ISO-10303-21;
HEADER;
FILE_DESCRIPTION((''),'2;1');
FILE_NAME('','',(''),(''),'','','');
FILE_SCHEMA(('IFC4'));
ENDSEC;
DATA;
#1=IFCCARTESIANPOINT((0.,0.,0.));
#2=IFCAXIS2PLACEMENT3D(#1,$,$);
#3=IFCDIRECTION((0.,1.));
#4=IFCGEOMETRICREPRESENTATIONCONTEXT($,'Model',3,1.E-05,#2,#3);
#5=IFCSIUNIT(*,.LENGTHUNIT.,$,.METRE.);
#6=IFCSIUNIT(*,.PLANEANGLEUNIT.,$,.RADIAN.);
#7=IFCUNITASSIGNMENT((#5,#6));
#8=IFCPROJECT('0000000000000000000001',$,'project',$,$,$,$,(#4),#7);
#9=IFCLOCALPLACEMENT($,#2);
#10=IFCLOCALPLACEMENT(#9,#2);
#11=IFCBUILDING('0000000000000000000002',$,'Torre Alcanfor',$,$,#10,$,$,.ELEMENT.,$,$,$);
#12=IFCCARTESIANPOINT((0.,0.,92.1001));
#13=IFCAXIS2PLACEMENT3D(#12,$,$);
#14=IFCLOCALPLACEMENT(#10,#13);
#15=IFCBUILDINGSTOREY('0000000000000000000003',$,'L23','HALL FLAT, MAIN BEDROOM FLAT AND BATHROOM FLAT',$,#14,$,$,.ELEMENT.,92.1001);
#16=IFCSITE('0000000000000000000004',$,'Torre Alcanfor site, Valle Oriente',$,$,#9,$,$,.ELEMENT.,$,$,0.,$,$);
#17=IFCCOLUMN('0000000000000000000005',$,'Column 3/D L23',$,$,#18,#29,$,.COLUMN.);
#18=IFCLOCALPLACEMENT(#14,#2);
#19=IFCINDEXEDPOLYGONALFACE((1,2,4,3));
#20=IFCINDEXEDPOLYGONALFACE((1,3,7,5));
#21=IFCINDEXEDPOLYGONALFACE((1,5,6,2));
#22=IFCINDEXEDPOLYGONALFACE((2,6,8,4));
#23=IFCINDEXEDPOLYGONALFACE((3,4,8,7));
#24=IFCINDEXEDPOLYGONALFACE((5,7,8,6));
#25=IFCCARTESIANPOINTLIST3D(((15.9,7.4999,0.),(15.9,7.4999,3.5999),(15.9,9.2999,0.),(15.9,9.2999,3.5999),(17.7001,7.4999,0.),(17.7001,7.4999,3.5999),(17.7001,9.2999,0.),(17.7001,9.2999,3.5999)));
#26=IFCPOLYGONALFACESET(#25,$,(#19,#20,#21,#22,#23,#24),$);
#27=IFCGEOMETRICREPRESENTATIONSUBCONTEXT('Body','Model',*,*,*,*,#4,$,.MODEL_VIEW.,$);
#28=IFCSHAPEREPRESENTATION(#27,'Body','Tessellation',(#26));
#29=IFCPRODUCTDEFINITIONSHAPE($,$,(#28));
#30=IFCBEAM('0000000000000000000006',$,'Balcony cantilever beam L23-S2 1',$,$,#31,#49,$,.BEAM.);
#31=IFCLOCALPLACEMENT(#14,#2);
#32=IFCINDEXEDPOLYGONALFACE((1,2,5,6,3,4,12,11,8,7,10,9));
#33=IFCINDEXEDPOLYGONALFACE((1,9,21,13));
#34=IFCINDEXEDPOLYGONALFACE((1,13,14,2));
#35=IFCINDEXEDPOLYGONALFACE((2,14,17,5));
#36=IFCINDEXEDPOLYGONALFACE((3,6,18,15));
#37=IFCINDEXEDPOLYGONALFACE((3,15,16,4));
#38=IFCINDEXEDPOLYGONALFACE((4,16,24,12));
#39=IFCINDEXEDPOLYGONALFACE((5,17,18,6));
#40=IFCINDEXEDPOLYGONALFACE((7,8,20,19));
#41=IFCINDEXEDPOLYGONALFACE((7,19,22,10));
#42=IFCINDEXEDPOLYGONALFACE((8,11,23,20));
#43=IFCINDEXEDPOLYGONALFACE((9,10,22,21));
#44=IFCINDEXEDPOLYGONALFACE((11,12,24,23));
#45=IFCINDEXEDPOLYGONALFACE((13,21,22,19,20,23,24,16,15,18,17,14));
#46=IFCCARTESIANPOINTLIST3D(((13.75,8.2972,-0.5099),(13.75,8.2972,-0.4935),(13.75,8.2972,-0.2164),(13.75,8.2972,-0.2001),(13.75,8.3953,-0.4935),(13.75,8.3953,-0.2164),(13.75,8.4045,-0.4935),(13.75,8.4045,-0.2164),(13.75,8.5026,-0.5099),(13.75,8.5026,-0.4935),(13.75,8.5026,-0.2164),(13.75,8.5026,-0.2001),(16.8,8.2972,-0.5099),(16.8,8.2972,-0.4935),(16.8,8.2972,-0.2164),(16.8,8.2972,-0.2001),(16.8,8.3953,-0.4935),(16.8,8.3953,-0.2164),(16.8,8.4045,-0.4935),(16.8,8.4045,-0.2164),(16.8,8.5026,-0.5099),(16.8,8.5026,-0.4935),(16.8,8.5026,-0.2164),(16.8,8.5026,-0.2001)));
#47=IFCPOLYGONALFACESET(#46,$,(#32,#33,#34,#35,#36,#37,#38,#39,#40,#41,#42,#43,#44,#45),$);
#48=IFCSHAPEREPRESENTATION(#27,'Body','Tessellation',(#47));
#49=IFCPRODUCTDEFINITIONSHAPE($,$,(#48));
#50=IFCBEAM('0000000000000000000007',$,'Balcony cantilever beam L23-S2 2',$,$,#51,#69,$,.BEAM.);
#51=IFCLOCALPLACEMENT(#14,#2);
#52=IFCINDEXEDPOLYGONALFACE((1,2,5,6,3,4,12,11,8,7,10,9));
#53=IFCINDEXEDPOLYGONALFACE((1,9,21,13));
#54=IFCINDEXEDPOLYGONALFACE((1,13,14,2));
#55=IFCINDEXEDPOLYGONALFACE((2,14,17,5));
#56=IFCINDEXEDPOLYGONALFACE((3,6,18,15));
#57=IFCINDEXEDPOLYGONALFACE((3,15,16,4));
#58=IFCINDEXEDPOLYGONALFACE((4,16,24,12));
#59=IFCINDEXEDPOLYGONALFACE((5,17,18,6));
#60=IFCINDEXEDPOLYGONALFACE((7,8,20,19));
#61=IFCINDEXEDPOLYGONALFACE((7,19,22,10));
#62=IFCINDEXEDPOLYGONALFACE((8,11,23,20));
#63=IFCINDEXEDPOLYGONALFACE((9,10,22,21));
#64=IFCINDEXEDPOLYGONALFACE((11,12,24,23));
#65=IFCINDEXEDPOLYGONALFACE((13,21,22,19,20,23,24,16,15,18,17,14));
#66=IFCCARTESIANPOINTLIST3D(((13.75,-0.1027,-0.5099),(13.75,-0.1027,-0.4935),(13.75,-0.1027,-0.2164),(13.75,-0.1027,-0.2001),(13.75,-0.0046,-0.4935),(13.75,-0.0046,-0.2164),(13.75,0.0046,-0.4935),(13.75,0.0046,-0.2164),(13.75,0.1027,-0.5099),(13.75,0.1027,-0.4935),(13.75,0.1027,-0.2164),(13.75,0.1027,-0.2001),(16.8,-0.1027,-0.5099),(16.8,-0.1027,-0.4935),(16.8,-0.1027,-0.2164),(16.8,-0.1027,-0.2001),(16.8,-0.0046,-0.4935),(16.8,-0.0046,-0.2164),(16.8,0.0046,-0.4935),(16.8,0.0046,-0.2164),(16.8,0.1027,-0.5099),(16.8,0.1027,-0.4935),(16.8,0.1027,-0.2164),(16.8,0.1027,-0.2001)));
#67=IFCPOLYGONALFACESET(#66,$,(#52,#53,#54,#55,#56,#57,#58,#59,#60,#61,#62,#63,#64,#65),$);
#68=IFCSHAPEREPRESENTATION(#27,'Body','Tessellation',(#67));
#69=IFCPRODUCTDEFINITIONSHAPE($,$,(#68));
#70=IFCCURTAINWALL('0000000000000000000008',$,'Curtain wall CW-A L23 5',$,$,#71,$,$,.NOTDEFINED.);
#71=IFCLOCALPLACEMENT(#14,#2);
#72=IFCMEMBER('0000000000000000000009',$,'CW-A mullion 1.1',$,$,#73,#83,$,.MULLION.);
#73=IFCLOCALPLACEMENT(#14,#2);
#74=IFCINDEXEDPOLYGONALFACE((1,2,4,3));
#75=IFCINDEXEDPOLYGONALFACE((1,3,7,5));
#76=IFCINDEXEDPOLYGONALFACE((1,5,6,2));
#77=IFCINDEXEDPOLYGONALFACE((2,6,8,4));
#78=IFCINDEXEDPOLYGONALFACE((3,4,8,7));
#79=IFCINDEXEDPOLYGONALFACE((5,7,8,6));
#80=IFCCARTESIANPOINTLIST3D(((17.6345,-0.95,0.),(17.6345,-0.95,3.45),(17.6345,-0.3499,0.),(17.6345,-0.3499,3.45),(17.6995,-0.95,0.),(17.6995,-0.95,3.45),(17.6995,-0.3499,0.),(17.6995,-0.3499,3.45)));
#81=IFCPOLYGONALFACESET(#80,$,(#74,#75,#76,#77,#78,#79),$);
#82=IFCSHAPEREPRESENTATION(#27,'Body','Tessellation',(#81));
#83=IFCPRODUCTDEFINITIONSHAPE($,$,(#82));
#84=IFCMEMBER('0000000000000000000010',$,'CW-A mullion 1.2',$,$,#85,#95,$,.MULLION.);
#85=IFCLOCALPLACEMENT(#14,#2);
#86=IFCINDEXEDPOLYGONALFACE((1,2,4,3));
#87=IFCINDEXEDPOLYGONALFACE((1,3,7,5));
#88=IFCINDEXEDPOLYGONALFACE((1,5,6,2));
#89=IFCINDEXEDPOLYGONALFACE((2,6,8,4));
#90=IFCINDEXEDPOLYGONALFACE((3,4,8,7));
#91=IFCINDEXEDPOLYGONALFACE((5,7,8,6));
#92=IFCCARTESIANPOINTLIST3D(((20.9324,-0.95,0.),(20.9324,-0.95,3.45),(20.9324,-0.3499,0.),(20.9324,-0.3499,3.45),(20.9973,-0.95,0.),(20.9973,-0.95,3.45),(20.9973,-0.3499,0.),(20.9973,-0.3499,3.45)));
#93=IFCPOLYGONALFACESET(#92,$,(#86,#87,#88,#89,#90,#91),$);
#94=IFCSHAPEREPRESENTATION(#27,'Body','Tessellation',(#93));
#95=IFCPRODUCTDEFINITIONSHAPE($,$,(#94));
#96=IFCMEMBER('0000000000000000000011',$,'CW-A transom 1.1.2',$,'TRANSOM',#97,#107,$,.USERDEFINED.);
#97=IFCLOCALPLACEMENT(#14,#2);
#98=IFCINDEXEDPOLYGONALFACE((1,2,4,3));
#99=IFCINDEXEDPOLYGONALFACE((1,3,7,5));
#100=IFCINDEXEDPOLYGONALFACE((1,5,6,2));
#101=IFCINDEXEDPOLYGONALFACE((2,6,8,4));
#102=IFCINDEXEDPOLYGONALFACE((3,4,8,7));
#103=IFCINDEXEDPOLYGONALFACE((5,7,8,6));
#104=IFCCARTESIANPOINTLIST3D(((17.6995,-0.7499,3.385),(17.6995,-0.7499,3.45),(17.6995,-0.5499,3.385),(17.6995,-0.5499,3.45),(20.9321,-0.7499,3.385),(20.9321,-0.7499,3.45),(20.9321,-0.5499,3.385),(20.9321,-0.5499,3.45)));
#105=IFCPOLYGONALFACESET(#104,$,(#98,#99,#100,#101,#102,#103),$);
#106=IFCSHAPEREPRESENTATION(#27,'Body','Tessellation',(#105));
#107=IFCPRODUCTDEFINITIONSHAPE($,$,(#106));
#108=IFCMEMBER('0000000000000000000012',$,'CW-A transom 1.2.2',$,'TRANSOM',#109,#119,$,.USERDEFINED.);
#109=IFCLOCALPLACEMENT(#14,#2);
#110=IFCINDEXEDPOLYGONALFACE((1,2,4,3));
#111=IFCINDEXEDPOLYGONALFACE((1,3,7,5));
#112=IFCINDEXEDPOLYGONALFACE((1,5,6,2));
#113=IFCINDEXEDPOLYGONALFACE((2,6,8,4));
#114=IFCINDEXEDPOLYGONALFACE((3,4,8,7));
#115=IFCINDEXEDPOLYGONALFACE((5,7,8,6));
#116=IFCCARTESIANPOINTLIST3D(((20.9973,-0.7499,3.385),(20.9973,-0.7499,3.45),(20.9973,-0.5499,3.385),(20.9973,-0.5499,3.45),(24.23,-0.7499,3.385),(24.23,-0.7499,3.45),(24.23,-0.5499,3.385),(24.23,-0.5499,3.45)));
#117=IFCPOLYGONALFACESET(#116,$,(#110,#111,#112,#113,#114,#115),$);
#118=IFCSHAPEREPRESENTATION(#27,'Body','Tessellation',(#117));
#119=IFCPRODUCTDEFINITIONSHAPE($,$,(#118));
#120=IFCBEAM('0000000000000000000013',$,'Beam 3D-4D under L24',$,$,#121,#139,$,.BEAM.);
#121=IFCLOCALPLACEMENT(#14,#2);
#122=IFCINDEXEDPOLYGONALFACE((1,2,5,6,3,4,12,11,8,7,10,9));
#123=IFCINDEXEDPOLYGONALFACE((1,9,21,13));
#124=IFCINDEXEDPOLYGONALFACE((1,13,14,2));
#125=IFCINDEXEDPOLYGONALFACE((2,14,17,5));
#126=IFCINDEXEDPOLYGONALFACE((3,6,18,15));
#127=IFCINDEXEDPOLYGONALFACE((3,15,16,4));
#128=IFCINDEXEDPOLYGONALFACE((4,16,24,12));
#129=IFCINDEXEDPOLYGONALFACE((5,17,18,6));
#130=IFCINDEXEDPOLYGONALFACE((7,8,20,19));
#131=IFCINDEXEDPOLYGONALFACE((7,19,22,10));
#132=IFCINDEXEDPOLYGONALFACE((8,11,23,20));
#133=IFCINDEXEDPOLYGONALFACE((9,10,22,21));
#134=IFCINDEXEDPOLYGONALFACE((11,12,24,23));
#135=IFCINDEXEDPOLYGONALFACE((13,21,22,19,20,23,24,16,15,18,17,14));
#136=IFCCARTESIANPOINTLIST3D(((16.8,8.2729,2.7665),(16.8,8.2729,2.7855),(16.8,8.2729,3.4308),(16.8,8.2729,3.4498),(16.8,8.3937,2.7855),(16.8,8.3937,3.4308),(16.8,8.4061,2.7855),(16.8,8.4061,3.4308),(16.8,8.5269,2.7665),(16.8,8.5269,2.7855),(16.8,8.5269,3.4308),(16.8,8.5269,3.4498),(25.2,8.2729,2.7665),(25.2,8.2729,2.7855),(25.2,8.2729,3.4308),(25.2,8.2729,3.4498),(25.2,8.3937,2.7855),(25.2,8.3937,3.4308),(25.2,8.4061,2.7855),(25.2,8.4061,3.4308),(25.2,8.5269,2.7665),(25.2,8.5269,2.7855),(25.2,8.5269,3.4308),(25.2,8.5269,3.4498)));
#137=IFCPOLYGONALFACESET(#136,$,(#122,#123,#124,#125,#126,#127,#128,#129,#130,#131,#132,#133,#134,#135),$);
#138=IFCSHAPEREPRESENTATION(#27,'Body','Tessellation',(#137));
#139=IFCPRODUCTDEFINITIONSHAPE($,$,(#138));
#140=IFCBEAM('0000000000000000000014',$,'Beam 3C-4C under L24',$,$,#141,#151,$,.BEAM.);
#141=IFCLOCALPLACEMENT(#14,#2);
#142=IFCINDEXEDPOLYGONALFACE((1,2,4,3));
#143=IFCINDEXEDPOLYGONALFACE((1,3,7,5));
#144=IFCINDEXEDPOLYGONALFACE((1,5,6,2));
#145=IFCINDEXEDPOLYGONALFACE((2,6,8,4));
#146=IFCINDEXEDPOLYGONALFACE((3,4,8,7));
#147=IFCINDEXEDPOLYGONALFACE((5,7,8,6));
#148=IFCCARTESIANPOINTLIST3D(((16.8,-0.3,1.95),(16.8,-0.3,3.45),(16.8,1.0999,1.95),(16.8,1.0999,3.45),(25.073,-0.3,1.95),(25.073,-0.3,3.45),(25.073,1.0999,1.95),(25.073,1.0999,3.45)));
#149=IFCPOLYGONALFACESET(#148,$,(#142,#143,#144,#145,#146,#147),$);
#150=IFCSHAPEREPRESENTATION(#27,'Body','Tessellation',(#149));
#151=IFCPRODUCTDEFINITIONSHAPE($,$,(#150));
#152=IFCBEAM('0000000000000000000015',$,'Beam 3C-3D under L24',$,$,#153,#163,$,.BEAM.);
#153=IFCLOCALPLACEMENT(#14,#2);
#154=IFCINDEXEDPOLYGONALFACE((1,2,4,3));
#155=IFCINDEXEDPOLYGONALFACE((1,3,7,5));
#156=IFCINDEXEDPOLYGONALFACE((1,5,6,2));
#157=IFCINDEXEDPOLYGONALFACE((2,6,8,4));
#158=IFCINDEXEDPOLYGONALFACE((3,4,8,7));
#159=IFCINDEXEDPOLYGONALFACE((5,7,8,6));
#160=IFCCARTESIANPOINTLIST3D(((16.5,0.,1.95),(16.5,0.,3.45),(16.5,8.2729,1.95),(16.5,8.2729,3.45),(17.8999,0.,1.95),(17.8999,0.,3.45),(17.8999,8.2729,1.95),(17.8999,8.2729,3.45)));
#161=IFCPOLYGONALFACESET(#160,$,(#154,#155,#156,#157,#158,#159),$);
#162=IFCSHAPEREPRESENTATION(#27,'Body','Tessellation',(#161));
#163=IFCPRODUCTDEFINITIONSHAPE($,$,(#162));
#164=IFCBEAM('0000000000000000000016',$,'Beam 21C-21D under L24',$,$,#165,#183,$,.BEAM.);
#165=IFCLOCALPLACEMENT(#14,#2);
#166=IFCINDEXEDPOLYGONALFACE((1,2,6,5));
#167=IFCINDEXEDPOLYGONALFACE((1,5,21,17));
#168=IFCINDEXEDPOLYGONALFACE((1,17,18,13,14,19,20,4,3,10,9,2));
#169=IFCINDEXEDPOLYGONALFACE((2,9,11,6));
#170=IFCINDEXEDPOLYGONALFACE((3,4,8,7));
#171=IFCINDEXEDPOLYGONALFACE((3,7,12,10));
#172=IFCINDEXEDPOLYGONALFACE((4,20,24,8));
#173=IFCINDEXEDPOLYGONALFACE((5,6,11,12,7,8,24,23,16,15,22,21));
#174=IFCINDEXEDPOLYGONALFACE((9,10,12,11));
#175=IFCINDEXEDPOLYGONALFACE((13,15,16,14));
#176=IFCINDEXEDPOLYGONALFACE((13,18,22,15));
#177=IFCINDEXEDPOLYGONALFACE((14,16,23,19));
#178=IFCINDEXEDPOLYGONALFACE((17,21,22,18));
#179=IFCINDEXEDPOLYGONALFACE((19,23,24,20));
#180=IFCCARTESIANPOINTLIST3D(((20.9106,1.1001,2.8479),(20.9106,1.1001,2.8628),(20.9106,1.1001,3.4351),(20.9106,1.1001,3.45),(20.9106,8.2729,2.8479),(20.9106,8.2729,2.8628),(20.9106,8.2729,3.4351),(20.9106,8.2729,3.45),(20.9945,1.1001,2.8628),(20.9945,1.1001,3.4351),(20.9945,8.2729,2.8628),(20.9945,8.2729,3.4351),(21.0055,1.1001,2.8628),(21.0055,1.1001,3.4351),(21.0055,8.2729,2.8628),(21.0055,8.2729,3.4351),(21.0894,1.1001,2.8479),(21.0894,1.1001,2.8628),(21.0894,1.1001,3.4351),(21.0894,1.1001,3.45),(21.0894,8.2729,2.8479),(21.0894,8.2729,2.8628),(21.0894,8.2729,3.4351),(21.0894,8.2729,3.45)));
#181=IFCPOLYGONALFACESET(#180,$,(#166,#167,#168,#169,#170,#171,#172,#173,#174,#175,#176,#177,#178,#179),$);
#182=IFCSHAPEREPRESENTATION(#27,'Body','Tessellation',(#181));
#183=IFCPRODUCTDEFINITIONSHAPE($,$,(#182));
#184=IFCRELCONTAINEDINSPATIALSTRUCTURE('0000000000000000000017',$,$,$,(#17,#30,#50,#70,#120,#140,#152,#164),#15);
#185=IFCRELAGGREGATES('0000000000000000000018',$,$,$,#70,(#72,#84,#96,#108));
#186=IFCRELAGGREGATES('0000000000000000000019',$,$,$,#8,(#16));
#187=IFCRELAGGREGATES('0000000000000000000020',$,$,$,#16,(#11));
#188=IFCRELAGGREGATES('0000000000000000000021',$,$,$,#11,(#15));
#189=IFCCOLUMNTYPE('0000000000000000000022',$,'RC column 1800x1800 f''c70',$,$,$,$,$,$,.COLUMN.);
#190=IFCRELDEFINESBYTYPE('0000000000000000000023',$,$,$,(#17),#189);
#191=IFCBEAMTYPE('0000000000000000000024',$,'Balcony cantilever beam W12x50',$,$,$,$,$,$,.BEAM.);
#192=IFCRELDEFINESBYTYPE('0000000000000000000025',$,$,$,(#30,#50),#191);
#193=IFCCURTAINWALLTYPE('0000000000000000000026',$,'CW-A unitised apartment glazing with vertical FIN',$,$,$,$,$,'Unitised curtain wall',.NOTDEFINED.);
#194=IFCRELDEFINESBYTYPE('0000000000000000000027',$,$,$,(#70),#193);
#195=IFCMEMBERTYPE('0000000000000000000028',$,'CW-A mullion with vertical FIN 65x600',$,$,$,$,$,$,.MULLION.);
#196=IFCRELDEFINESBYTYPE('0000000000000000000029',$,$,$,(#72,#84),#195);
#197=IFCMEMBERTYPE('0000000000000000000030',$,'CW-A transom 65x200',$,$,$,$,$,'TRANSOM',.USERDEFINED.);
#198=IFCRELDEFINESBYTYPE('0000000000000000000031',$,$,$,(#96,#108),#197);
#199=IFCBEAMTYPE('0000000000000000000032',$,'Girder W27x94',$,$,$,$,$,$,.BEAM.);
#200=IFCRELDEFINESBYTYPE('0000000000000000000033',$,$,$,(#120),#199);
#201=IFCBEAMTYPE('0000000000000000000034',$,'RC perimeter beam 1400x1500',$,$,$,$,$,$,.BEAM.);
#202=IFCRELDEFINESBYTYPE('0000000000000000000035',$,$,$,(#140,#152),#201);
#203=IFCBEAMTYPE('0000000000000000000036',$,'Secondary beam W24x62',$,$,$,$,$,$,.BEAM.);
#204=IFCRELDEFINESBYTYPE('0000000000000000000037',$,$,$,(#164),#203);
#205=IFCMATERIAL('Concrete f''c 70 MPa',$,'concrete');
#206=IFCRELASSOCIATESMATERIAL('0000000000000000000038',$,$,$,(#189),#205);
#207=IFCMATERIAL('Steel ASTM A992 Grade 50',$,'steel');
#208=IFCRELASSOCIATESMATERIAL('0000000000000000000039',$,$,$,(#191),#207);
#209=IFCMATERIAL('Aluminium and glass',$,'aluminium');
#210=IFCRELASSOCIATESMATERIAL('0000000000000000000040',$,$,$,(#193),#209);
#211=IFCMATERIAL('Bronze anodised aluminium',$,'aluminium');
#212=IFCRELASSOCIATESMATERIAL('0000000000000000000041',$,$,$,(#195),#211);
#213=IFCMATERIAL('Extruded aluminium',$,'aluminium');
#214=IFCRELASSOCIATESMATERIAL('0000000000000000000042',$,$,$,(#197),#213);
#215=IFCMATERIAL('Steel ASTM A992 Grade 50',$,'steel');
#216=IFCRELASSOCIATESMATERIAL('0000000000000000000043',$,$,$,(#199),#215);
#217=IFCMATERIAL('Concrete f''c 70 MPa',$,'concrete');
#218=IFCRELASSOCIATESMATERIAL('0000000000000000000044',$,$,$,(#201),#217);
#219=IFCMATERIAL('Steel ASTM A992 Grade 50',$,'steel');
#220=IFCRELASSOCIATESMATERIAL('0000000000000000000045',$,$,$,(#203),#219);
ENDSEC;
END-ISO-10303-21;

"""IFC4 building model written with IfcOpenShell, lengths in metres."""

from ifc_helpers import new_model, si_unit, direction, frame, origin, origin_2d, place, context, subcontext, project, spatial, rectangle, i_section, extrude, material, material_profile, profile_set, type_object, element, aggregate, save


model = new_model("IFC4")

# Units and contexts
model_context = context("Model", 3, precision=1e-05, world=origin(), true_north=direction((0.0, 1.0)))
body_context = subcontext(model_context, "Body", "Model", "MODEL_VIEW")
ifc_project = project(units=[si_unit("LENGTHUNIT", "METRE"), si_unit("PLANEANGLEUNIT", "RADIAN")], contexts=[model_context])

# Site, building, storey
site_placement = place(None, origin())
site = spatial("IfcSite", under=ifc_project, at=site_placement, Name="Torre Alcanfor site, Valle Oriente", CompositionType="ELEMENT", RefElevation=0.0)
building_placement = place(site_placement, origin())
building = spatial("IfcBuilding", under=site, at=building_placement, Name="Torre Alcanfor", CompositionType="ELEMENT")
storey_placement = place(building_placement, frame((0.0, 0.0, 92.1001)))
storey = spatial("IfcBuildingStorey", under=building, at=storey_placement, Name="L23", Description="HALL FLAT, MAIN BEDROOM FLAT AND BATHROOM FLAT", CompositionType="ELEMENT", Elevation=92.1001)

# Column
ifc_material_1 = material(Name="Concrete f'c 70 MPa", Category="concrete")
ifc_material_profile_1 = material_profile(ifc_material_1, rectangle(XDim=1.8, YDim=1.8, at=origin_2d()), Name="1800x1800")
ifc_profile_set_1 = profile_set([ifc_material_profile_1], Name="Concrete f'c 70 MPa")
column_type = type_object("IfcColumnType", Name="RC column 1800x1800 f'c70", PredefinedType="COLUMN", material=ifc_profile_set_1)
column_placement = place(storey_placement, frame((16.8, 8.3999, 0.0), z_axis=(0.0, 0.0, 1.0), x_axis=(1.0, 0.0, 0.0)))
element("IfcColumn", 1, at=column_placement, inside=storey, type_object=column_type, Name="Column 3/D L23", PredefinedType="COLUMN", context=body_context, shape_type="SweptSolid", body=[
    extrude(rectangle(XDim=1.8, YDim=1.8, at=origin_2d()), origin(), (0.0, 0.0, 1.0), 3.5999),
])

# Beams
ifc_material_2 = material(Name="Steel ASTM A992 Grade 50", Category="steel")
ifc_material_profile_2 = material_profile(ifc_material_2, i_section(OverallWidth=0.2053, OverallDepth=0.3098, WebThickness=0.0093, FlangeThickness=0.0164, at=origin_2d()), Name="W12x50")
ifc_profile_set_2 = profile_set([ifc_material_profile_2], Name="Steel ASTM A992 Grade 50")
beam_type_1 = type_object("IfcBeamType", Name="Balcony cantilever beam W12x50", PredefinedType="BEAM", material=ifc_profile_set_2)
for number, where, z_axis, x_axis, name in (
    (2, (16.8, 8.3999, -0.355), (-1.0, 0.0, 0.0), (0.0, -1.0, 0.0), "Balcony cantilever beam L23-S2 1"),
    (3, (16.8, 0.0, -0.355), (-1.0, 0.0, 0.0), (0.0, -1.0, 0.0), "Balcony cantilever beam L23-S2 2"),
):
    element("IfcBeam", number, at=place(storey_placement, frame(where, z_axis=z_axis, x_axis=x_axis)), inside=storey, type_object=beam_type_1, Name=name, PredefinedType="BEAM", context=body_context, shape_type="SweptSolid", body=[
        extrude(i_section(OverallWidth=0.2053, OverallDepth=0.3098, WebThickness=0.0093, FlangeThickness=0.0164, at=origin_2d()), origin(), (0.0, 0.0, 1.0), 3.05),
    ])

# Curtain wall, members
ifc_material_3 = material(Name="Aluminium and glass", Category="aluminium")
curtain_wall_type = type_object("IfcCurtainWallType", Name="CW-A unitised apartment glazing with vertical FIN", ElementType="Unitised curtain wall", PredefinedType="NOTDEFINED", material=ifc_material_3)
curtain_wall_placement = place(storey_placement, origin())
curtain_wall = element("IfcCurtainWall", 4, at=curtain_wall_placement, inside=storey, type_object=curtain_wall_type, Name="Curtain wall CW-A L23 5", PredefinedType="NOTDEFINED")
ifc_material_4 = material(Name="Bronze anodised aluminium", Category="aluminium")
ifc_material_profile_3 = material_profile(ifc_material_4, rectangle(XDim=0.6001, YDim=0.0649, at=origin_2d()), Name="CW-A mullion 65x600")
ifc_profile_set_3 = profile_set([ifc_material_profile_3], Name="Bronze anodised aluminium")
member_type_1 = type_object("IfcMemberType", Name="CW-A mullion with vertical FIN 65x600", PredefinedType="MULLION", material=ifc_profile_set_3)
member_1_placement = place(storey_placement, frame((17.667, -0.6499, 0.0), z_axis=(0.0, 0.0, 1.0), x_axis=(0.0, 1.0, 0.0)))
member_1 = element("IfcMember", 5, at=member_1_placement, type_object=member_type_1, Name="CW-A mullion 1.1", PredefinedType="MULLION", context=body_context, shape_type="SweptSolid", body=[
    extrude(rectangle(XDim=0.6001, YDim=0.0649, at=origin_2d()), origin(), (0.0, 0.0, 1.0), 3.45),
])
member_2_placement = place(storey_placement, frame((20.9648, -0.6499, 0.0), z_axis=(0.0, 0.0, 1.0), x_axis=(0.0, 1.0, 0.0)))
member_2 = element("IfcMember", 6, at=member_2_placement, type_object=member_type_1, Name="CW-A mullion 1.2", PredefinedType="MULLION", context=body_context, shape_type="SweptSolid", body=[
    extrude(rectangle(XDim=0.6001, YDim=0.0649, at=origin_2d()), origin(), (0.0, 0.0, 1.0), 3.45),
])
ifc_material_5 = material(Name="Extruded aluminium", Category="aluminium")
ifc_material_profile_4 = material_profile(ifc_material_5, rectangle(XDim=0.2, YDim=0.0649, at=origin_2d()), Name="CW-A transom 200x65")
ifc_profile_set_4 = profile_set([ifc_material_profile_4], Name="Extruded aluminium")
member_type_2 = type_object("IfcMemberType", Name="CW-A transom 65x200", ElementType="TRANSOM", PredefinedType="USERDEFINED", material=ifc_profile_set_4)
member_3_placement = place(storey_placement, frame((17.6995, -0.6499, 3.4175), z_axis=(1.0, 0.0, 0.0), x_axis=(0.0, 1.0, 0.0)))
member_3 = element("IfcMember", 7, at=member_3_placement, type_object=member_type_2, Name="CW-A transom 1.1.2", ObjectType="TRANSOM", PredefinedType="USERDEFINED", context=body_context, shape_type="SweptSolid", body=[
    extrude(rectangle(XDim=0.2, YDim=0.0649, at=origin_2d()), origin(), (0.0, 0.0, 1.0), 3.2327),
])
member_4_placement = place(storey_placement, frame((20.9973, -0.6499, 3.4175), z_axis=(1.0, 0.0, 0.0), x_axis=(0.0, 1.0, 0.0)))
member_4 = element("IfcMember", 8, at=member_4_placement, type_object=member_type_2, Name="CW-A transom 1.2.2", ObjectType="TRANSOM", PredefinedType="USERDEFINED", context=body_context, shape_type="SweptSolid", body=[
    extrude(rectangle(XDim=0.2, YDim=0.0649, at=origin_2d()), origin(), (0.0, 0.0, 1.0), 3.2327),
])

# Beams
ifc_material_6 = material(Name="Steel ASTM A992 Grade 50", Category="steel")
ifc_material_profile_5 = material_profile(ifc_material_6, i_section(OverallWidth=0.2539, OverallDepth=0.6833, WebThickness=0.0125, FlangeThickness=0.019, at=origin_2d()), Name="W27x94")
ifc_profile_set_5 = profile_set([ifc_material_profile_5], Name="Steel ASTM A992 Grade 50")
beam_type_2 = type_object("IfcBeamType", Name="Girder W27x94", PredefinedType="BEAM", material=ifc_profile_set_5)
beam_1_placement = place(storey_placement, frame((16.8, 8.3999, 3.1082), z_axis=(1.0, 0.0, 0.0), x_axis=(0.0, 1.0, 0.0)))
element("IfcBeam", 9, at=beam_1_placement, inside=storey, type_object=beam_type_2, Name="Beam 3D-4D under L24", PredefinedType="BEAM", context=body_context, shape_type="SweptSolid", body=[
    extrude(i_section(OverallWidth=0.2539, OverallDepth=0.6833, WebThickness=0.0125, FlangeThickness=0.019, at=origin_2d()), origin(), (0.0, 0.0, 1.0), 8.3999),
])
ifc_material_7 = material(Name="Concrete f'c 70 MPa", Category="concrete")
ifc_material_profile_6 = material_profile(ifc_material_7, rectangle(XDim=1.3999, YDim=1.5, at=origin_2d()), Name="1400x1500")
ifc_profile_set_6 = profile_set([ifc_material_profile_6], Name="Concrete f'c 70 MPa")
beam_type_3 = type_object("IfcBeamType", Name="RC perimeter beam 1400x1500", PredefinedType="BEAM", material=ifc_profile_set_6)
for number, where, z_axis, x_axis, name in (
    (10, (16.8, 0.3999, 2.7), (1.0, 0.0, 0.0), (0.0, 1.0, 0.0), "Beam 3C-4C under L24"),
    (11, (17.2, 0.0, 2.7), (0.0, 1.0, 0.0), (-1.0, 0.0, 0.0), "Beam 3C-3D under L24"),
):
    element("IfcBeam", number, at=place(storey_placement, frame(where, z_axis=z_axis, x_axis=x_axis)), inside=storey, type_object=beam_type_3, Name=name, PredefinedType="BEAM", context=body_context, shape_type="SweptSolid", body=[
        extrude(rectangle(XDim=1.3999, YDim=1.5, at=origin_2d()), origin(), (0.0, 0.0, 1.0), 8.2729),
    ])
ifc_material_8 = material(Name="Steel ASTM A992 Grade 50", Category="steel")
ifc_material_profile_7 = material_profile(ifc_material_8, i_section(OverallWidth=0.1787, OverallDepth=0.6021, WebThickness=0.011, FlangeThickness=0.0149, at=origin_2d()), Name="W24x62")
ifc_profile_set_7 = profile_set([ifc_material_profile_7], Name="Steel ASTM A992 Grade 50")
beam_type_4 = type_object("IfcBeamType", Name="Secondary beam W24x62", PredefinedType="BEAM", material=ifc_profile_set_7)
beam_2_placement = place(storey_placement, frame((21.0, 1.1001, 3.1489), z_axis=(0.0, 1.0, 0.0), x_axis=(-1.0, 0.0, 0.0)))
element("IfcBeam", 12, at=beam_2_placement, inside=storey, type_object=beam_type_4, Name="Beam 21C-21D under L24", PredefinedType="BEAM", context=body_context, shape_type="SweptSolid", body=[
    extrude(i_section(OverallWidth=0.1787, OverallDepth=0.6021, WebThickness=0.011, FlangeThickness=0.0149, at=origin_2d()), origin(), (0.0, 0.0, 1.0), 7.1729),
])

aggregate(curtain_wall, [member_1, member_2, member_3, member_4])

save(model, "model.ifc")
